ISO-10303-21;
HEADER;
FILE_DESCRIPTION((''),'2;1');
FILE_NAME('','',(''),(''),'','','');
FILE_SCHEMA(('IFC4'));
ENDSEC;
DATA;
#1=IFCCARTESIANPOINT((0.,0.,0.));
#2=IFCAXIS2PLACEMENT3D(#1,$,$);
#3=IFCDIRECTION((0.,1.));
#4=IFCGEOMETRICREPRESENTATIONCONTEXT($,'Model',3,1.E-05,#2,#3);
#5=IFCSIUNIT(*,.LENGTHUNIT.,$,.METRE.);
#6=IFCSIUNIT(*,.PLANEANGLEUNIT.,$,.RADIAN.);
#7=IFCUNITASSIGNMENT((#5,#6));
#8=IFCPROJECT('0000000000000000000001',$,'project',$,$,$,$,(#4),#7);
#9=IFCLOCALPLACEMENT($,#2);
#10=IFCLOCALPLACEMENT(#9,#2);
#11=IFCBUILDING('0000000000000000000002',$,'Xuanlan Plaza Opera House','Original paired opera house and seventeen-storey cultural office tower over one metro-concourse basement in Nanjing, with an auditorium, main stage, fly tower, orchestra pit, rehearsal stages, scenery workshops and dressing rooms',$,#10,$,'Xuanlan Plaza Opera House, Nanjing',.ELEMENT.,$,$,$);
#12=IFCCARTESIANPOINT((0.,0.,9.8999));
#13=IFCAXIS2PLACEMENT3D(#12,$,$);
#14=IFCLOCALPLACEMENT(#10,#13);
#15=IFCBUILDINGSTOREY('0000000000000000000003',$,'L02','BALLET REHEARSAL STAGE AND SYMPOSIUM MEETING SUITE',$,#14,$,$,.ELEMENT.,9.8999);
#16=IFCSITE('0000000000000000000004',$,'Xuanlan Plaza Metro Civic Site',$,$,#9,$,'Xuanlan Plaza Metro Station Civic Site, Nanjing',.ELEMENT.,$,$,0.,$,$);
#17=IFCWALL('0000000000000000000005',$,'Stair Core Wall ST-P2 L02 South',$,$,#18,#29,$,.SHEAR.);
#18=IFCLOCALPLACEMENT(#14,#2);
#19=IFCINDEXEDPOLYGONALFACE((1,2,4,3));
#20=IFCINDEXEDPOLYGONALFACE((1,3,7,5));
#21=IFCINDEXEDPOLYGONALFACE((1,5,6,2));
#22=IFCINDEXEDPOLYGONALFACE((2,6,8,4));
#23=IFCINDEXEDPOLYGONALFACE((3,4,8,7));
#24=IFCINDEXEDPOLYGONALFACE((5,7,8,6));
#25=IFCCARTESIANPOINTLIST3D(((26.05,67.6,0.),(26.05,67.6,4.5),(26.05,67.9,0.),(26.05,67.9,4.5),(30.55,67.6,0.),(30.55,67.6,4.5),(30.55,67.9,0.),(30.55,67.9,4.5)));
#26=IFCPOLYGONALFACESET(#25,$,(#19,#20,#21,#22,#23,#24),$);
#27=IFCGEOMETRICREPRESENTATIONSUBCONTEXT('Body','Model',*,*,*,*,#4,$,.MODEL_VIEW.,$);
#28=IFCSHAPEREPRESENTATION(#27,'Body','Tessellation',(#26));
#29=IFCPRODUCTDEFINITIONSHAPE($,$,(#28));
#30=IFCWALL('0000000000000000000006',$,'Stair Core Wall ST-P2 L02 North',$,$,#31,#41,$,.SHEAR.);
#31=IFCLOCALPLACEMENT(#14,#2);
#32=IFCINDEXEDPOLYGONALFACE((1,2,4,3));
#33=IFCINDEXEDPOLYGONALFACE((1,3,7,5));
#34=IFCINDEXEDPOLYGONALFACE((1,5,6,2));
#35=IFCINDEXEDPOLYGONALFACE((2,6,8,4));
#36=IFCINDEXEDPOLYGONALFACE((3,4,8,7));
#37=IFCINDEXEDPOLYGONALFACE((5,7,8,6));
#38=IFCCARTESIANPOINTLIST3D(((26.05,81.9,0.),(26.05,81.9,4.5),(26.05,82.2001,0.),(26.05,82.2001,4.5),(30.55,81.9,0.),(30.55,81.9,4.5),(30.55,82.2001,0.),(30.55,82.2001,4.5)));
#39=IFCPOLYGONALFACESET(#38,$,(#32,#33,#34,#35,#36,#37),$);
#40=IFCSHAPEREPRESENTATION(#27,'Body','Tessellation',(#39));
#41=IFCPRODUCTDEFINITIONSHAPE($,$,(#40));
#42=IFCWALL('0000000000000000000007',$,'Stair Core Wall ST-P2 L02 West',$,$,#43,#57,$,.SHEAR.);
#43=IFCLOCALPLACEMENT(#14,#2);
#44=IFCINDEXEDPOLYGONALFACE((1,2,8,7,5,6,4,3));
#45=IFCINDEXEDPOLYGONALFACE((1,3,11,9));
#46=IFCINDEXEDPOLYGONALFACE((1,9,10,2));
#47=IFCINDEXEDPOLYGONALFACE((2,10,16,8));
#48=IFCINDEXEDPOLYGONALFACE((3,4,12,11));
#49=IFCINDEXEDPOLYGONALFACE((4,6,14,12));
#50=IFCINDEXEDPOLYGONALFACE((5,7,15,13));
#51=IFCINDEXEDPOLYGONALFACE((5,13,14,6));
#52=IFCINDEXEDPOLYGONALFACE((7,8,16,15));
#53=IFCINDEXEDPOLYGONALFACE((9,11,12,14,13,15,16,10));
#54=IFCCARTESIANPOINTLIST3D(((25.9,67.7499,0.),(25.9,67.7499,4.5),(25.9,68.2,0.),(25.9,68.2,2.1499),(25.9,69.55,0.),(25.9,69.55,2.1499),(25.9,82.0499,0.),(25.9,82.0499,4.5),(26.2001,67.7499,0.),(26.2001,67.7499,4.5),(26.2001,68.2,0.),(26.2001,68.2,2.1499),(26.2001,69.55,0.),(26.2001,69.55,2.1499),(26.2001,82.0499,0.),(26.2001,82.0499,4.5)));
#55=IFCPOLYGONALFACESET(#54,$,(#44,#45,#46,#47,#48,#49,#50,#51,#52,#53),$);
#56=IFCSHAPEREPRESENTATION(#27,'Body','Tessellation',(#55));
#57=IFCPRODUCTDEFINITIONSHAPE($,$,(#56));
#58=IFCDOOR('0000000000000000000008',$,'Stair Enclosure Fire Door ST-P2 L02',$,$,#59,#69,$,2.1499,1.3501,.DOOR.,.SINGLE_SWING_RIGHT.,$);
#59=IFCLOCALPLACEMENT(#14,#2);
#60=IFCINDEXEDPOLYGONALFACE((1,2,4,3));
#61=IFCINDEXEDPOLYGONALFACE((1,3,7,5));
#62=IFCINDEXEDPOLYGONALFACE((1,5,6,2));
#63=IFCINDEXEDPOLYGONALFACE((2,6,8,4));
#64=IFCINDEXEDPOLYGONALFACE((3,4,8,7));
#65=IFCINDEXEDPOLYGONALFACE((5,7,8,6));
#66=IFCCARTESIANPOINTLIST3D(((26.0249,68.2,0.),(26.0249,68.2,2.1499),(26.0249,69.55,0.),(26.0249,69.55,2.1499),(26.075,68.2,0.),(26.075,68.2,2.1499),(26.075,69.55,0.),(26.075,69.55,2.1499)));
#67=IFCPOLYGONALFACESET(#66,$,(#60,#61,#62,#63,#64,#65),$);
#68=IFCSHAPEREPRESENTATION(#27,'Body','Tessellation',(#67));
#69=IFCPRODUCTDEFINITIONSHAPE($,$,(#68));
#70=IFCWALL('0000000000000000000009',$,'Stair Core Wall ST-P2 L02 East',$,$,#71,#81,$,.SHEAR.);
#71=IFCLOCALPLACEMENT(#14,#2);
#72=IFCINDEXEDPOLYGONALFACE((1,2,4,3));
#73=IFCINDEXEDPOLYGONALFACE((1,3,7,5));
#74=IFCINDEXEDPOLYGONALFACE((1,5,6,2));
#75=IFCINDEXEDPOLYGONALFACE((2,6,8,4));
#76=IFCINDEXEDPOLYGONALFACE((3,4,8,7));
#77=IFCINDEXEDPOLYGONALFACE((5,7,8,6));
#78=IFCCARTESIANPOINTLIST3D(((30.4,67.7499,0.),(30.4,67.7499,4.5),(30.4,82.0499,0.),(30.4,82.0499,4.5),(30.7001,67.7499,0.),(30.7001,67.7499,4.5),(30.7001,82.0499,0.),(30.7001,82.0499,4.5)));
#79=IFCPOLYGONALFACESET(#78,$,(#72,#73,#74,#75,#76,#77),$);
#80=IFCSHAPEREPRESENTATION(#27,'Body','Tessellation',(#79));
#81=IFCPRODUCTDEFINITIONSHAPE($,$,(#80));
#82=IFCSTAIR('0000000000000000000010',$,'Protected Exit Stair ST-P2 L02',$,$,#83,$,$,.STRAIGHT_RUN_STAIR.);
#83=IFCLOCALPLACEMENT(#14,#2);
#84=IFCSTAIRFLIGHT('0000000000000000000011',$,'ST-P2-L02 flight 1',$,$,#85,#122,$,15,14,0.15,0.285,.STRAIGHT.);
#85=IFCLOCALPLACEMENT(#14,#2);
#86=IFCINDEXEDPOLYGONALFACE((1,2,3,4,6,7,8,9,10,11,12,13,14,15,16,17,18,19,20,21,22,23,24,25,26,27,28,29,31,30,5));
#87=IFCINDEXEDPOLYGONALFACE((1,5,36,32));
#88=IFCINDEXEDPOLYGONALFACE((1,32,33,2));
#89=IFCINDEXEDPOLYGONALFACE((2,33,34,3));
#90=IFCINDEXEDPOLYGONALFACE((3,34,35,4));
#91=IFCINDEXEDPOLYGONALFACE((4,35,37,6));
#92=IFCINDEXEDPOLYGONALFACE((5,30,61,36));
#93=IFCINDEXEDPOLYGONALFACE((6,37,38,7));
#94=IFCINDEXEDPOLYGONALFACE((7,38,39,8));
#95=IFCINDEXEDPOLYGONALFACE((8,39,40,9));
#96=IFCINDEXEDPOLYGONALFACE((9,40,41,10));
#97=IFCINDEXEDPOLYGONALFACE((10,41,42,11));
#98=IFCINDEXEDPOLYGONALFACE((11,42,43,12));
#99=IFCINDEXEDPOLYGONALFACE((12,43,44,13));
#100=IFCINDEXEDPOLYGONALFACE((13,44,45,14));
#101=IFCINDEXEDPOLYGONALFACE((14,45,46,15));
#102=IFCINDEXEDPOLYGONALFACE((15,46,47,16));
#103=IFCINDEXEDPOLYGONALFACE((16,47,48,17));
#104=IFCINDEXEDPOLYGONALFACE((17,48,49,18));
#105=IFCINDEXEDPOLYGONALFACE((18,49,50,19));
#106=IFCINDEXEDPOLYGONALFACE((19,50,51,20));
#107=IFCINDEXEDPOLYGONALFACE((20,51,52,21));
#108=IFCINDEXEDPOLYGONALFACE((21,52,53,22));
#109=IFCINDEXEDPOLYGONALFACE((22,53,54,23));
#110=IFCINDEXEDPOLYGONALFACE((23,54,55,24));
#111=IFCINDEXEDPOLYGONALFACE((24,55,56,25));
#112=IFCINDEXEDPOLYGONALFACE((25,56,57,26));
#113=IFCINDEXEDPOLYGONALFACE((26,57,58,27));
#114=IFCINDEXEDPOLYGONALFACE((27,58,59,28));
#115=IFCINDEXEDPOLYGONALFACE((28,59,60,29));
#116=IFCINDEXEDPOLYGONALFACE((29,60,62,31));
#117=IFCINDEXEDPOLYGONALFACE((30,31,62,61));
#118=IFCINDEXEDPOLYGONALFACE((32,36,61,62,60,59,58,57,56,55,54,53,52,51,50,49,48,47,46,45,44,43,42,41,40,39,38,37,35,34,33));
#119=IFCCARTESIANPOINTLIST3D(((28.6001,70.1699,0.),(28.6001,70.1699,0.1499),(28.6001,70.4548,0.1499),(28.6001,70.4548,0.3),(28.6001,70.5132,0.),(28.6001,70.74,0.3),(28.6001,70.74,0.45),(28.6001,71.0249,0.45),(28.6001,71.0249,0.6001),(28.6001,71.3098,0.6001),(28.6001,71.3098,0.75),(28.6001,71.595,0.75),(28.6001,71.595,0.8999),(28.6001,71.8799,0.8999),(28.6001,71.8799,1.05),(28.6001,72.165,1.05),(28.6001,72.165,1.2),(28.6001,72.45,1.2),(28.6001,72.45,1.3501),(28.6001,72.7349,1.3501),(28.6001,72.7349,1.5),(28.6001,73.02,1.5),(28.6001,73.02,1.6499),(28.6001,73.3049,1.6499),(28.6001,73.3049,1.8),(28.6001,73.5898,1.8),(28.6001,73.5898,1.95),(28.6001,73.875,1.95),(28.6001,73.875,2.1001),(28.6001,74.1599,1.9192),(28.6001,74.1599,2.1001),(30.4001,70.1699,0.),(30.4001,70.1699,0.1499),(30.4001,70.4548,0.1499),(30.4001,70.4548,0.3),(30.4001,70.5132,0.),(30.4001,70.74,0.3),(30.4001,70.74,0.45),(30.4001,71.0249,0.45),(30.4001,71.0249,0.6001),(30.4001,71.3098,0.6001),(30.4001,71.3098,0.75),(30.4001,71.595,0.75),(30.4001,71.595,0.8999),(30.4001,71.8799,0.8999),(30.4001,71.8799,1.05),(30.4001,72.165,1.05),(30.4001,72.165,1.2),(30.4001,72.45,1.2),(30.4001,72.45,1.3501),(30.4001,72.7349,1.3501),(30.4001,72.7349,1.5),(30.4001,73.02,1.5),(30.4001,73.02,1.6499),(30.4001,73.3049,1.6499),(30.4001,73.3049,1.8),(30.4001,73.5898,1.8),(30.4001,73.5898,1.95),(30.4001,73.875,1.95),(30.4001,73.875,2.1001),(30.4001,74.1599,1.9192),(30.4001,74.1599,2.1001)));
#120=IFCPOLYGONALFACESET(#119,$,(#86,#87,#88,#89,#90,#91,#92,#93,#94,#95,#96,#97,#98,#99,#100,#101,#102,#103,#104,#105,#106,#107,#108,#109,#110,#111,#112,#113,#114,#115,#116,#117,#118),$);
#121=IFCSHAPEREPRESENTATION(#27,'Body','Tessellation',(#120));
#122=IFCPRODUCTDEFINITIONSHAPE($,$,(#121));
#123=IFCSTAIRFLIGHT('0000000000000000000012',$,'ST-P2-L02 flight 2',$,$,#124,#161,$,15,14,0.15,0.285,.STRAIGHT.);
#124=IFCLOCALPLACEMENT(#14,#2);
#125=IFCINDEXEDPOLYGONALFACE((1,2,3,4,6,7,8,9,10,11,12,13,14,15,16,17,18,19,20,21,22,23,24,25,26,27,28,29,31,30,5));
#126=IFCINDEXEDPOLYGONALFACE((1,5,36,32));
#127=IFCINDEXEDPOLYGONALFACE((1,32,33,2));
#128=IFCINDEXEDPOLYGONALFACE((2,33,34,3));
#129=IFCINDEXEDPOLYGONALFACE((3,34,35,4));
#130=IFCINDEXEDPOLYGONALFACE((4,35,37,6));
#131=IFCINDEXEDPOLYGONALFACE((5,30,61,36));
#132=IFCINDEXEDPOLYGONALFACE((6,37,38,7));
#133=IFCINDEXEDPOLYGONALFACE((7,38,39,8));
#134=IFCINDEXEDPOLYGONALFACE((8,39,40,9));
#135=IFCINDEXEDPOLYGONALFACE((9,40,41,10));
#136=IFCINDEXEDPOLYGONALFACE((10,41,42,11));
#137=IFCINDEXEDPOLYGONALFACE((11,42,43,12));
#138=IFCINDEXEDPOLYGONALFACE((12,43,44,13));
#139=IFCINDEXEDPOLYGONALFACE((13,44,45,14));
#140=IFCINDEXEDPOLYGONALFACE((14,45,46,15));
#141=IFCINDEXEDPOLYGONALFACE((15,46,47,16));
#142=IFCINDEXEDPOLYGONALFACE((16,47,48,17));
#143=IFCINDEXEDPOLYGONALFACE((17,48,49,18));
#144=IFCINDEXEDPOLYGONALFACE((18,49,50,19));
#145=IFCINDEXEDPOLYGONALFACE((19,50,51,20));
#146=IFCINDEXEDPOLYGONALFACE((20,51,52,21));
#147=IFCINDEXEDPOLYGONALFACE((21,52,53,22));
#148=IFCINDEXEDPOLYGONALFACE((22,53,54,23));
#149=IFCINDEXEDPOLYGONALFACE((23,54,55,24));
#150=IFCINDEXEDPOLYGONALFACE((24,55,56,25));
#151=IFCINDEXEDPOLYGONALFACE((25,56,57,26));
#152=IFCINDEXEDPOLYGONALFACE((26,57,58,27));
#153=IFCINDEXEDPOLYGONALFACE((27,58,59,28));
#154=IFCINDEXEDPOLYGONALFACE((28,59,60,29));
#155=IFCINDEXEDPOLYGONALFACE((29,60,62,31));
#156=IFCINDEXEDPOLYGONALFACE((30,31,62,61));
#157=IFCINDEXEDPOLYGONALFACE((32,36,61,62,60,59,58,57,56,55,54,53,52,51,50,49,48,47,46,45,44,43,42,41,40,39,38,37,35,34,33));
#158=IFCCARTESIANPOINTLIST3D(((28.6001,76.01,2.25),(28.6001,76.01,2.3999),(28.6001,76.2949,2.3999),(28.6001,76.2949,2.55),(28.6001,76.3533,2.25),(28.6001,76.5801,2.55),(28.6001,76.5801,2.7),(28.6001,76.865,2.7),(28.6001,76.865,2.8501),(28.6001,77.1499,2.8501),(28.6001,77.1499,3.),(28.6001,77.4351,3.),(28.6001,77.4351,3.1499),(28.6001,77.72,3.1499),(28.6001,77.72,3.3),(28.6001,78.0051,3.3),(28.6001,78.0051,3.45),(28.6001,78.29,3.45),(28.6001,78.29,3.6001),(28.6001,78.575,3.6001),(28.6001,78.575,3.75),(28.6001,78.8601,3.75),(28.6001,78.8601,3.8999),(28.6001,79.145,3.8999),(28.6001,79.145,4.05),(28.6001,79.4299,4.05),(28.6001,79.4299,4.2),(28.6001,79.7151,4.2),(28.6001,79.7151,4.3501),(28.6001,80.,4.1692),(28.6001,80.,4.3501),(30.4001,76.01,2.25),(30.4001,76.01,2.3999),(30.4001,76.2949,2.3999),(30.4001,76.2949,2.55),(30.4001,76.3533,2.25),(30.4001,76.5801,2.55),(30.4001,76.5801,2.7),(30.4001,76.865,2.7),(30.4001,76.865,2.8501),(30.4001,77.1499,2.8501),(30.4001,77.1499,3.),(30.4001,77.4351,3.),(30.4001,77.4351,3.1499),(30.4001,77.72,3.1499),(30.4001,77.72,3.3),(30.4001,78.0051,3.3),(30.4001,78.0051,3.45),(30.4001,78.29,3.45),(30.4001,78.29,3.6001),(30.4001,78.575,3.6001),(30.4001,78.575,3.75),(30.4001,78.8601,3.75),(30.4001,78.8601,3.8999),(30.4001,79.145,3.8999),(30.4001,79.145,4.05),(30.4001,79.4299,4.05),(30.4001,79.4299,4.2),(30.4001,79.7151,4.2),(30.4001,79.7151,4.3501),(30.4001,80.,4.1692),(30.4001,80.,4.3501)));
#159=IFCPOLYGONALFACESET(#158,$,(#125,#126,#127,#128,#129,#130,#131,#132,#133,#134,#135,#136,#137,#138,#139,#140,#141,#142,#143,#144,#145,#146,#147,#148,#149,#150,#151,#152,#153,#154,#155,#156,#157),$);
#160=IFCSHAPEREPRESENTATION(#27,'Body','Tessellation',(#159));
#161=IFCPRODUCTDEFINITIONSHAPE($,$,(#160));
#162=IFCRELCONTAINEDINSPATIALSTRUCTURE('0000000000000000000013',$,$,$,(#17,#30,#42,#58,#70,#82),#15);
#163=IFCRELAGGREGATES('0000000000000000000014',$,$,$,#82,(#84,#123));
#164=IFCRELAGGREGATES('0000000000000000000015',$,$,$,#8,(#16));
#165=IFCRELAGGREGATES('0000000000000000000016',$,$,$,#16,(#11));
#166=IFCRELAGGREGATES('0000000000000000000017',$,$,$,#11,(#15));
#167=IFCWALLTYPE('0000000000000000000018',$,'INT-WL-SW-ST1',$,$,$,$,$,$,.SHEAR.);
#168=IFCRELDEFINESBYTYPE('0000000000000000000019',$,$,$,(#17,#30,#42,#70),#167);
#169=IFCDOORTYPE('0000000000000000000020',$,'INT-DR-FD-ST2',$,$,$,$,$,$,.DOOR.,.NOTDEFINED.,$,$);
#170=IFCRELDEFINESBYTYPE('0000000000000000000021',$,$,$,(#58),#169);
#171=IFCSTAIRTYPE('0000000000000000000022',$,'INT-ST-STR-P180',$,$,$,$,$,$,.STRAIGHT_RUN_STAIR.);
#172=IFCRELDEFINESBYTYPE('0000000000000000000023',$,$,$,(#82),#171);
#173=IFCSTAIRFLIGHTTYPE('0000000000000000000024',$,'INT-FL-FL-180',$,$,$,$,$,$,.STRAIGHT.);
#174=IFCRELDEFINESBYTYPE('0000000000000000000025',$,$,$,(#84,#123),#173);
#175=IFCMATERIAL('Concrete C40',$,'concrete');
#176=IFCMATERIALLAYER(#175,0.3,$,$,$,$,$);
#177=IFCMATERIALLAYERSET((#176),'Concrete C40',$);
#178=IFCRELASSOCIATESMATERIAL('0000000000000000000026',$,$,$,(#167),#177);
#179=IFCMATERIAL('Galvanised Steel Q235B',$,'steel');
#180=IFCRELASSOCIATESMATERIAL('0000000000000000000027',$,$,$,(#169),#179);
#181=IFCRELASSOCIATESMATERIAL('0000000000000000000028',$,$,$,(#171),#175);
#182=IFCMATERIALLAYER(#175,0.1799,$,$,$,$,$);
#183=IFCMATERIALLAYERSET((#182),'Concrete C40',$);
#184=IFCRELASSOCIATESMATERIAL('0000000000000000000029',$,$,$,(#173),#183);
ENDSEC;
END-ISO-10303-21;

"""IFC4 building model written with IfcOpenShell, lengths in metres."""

from ifc_helpers import new_model, si_unit, direction, frame, frame_2d, origin, place, context, subcontext, project, spatial, polyline, rectangle, outline, extrude, material, layer, layer_set, type_object, element, fill, aggregate, save


model = new_model("IFC4")

# Units and contexts
model_context = context("Model", 3, precision=1e-05, world=origin(), true_north=direction((0.0, 1.0)))
body_context = subcontext(model_context, "Body", "Model", "MODEL_VIEW")
ifc_project = project(units=[si_unit("LENGTHUNIT", "METRE"), si_unit("PLANEANGLEUNIT", "RADIAN")], contexts=[model_context])

# Site, building, storey
site_placement = place(None, origin())
site = spatial("IfcSite", under=ifc_project, at=site_placement, Name="Xuanlan Plaza Metro Civic Site", LongName="Xuanlan Plaza Metro Station Civic Site, Nanjing", CompositionType="ELEMENT", RefElevation=0.0)
building_placement = place(site_placement, origin())
building = spatial("IfcBuilding", under=site, at=building_placement, Name="Xuanlan Plaza Opera House", Description="Original paired opera house and seventeen-storey cultural office tower over one metro-concourse basement in Nanjing, with an auditorium, main stage, fly tower, orchestra pit, rehearsal stages, scenery workshops and dressing rooms", LongName="Xuanlan Plaza Opera House, Nanjing", CompositionType="ELEMENT")
storey_placement = place(building_placement, frame((0.0, 0.0, 9.8999)))
storey = spatial("IfcBuildingStorey", under=building, at=storey_placement, Name="L02", Description="BALLET REHEARSAL STAGE AND SYMPOSIUM MEETING SUITE", CompositionType="ELEMENT", Elevation=9.8999)

# Shared definitions
ifc_material_1 = material(Name="Concrete C40", Category="concrete")

# Walls
ifc_layer_1 = layer(ifc_material_1, 0.3)
ifc_layer_set_1 = layer_set([ifc_layer_1], Name="Concrete C40")
wall_type_1 = type_object("IfcWallType", Name="INT-WL-SW-ST1", PredefinedType="SHEAR", material=ifc_layer_set_1)
for number, where, z_axis, x_axis, name in (
    (1, (26.05, 67.75, 0.0), (0.0, 0.0, 1.0), (1.0, 0.0, 0.0), "Stair Core Wall ST-P2 L02 South"),
    (2, (26.05, 82.05, 0.0), (0.0, 0.0, 1.0), (1.0, 0.0, 0.0), "Stair Core Wall ST-P2 L02 North"),
):
    element("IfcWall", number, at=place(storey_placement, frame(where, z_axis=z_axis, x_axis=x_axis)), inside=storey, type_object=wall_type_1, Name=name, PredefinedType="SHEAR", context=body_context, shape_type="SweptSolid", body=[
        extrude(rectangle(XDim=4.5, YDim=0.3, at=frame_2d((2.25, 0.0))), origin(), (0.0, 0.0, 1.0), 4.5),
    ])

# Wall, opening, door
wall_1_placement = place(storey_placement, frame((26.05, 67.75, 0.0), z_axis=(0.0, 0.0, 1.0), x_axis=(0.0, 1.0, 0.0)))
wall_1 = element("IfcWall", 3, at=wall_1_placement, inside=storey, type_object=wall_type_1, Name="Stair Core Wall ST-P2 L02 West", PredefinedType="SHEAR", context=body_context, shape_type="SweptSolid", body=[
    extrude(rectangle(XDim=14.3, YDim=0.3, at=frame_2d((7.1499, 0.0))), origin(), (0.0, 0.0, 1.0), 4.5),
])
opening_placement = place(wall_1_placement, frame((0.45, 0.0, 0.0)))
opening = element("IfcOpeningElement", 4, at=opening_placement, cuts=wall_1, PredefinedType="OPENING", context=body_context, shape_type="SweptSolid", body=[
    extrude(rectangle(XDim=1.3501, YDim=2.1499, at=frame_2d((0.675, 1.075))), frame((0.0, 0.1599, 0.0), z_axis=(0.0, -1.0, 0.0), x_axis=(1.0, 0.0, 0.0)), (0.0, 0.0, 1.0), 0.3201),
])
ifc_material_2 = material(Name="Galvanised Steel Q235B", Category="steel")
door_type = type_object("IfcDoorType", Name="INT-DR-FD-ST2", OperationType="NOTDEFINED", PredefinedType="DOOR", material=ifc_material_2)
door_placement = place(opening_placement, frame((1.3501, 0.0, 0.0), z_axis=(0.0, 0.0, 1.0), x_axis=(-1.0, 0.0, 0.0)))
door = element("IfcDoor", 5, at=door_placement, inside=storey, type_object=door_type, Name="Stair Enclosure Fire Door ST-P2 L02", OperationType="SINGLE_SWING_RIGHT", OverallHeight=2.1499, OverallWidth=1.3501, PredefinedType="DOOR", context=body_context, shape_type="SweptSolid", body=[
    extrude(rectangle(XDim=1.3501, YDim=2.1499, at=frame_2d((0.675, 1.075))), frame((0.0, 0.0249, 0.0), z_axis=(0.0, -1.0, 0.0), x_axis=(1.0, 0.0, 0.0)), (0.0, 0.0, 1.0), 0.05),
])
fill(opening, door)

# Wall
wall_2_placement = place(storey_placement, frame((30.55, 67.75, 0.0), z_axis=(0.0, 0.0, 1.0), x_axis=(0.0, 1.0, 0.0)))
element("IfcWall", 6, at=wall_2_placement, inside=storey, type_object=wall_type_1, Name="Stair Core Wall ST-P2 L02 East", PredefinedType="SHEAR", context=body_context, shape_type="SweptSolid", body=[
    extrude(rectangle(XDim=14.3, YDim=0.3, at=frame_2d((7.1499, 0.0))), origin(), (0.0, 0.0, 1.0), 4.5),
])

# Stair, stair flights
stair_type = type_object("IfcStairType", Name="INT-ST-STR-P180", PredefinedType="STRAIGHT_RUN_STAIR", material=ifc_material_1)
stair_placement = place(storey_placement, origin())
stair = element("IfcStair", 7, at=stair_placement, inside=storey, type_object=stair_type, Name="Protected Exit Stair ST-P2 L02", PredefinedType="STRAIGHT_RUN_STAIR")
ifc_layer_2 = layer(ifc_material_1, 0.1799)
ifc_layer_set_2 = layer_set([ifc_layer_2], Name="Concrete C40")
stair_flight_type = type_object("IfcStairFlightType", Name="INT-FL-FL-180", PredefinedType="STRAIGHT", material=ifc_layer_set_2)
stair_flight_1_placement = place(storey_placement, frame((29.5, 70.1699, 0.0), z_axis=(0.0, 0.0, 1.0), x_axis=(0.0, 1.0, 0.0)))
stair_flight_1 = element("IfcStairFlight", 8, at=stair_flight_1_placement, type_object=stair_flight_type, Name="ST-P2-L02 flight 1", NumberOfRisers=15, NumberOfTreads=14, PredefinedType="STRAIGHT", RiserHeight=0.15, TreadLength=0.285, context=body_context, shape_type="SweptSolid", body=[
    extrude(outline(polyline([(0.0, 0.0), (0.0, 0.1499), (0.2849, 0.1499), (0.2849, 0.3), (0.5701, 0.3), (0.5701, 0.45), (0.855, 0.45), (0.855, 0.6001), (1.1399, 0.6001), (1.1399, 0.75), (1.425, 0.75), (1.425, 0.8999), (1.71, 0.8999), (1.71, 1.05), (1.9951, 1.05), (1.9951, 1.2), (2.28, 1.2), (2.28, 1.3501), (2.5649, 1.3501), (2.5649, 1.5), (2.8501, 1.5), (2.8501, 1.6499), (3.135, 1.6499), (3.135, 1.8), (3.4199, 1.8), (3.4199, 1.95), (3.7051, 1.95), (3.7051, 2.1001), (3.99, 2.1001), (3.99, 2.25), (3.99, 1.9192), (0.3433, 0.0), (0.0, 0.0)])), frame((0.0, 0.8999, 0.0), z_axis=(0.0, -1.0, 0.0), x_axis=(1.0, 0.0, 0.0)), (0.0, 0.0, 1.0), 1.8),
])
stair_flight_2_placement = place(storey_placement, frame((29.5, 76.01, 2.25), z_axis=(0.0, 0.0, 1.0), x_axis=(0.0, 1.0, 0.0)))
stair_flight_2 = element("IfcStairFlight", 9, at=stair_flight_2_placement, type_object=stair_flight_type, Name="ST-P2-L02 flight 2", NumberOfRisers=15, NumberOfTreads=14, PredefinedType="STRAIGHT", RiserHeight=0.15, TreadLength=0.285, context=body_context, shape_type="SweptSolid", body=[
    extrude(outline(polyline([(0.0, 0.0), (0.0, 0.1499), (0.2849, 0.1499), (0.2849, 0.3), (0.5701, 0.3), (0.5701, 0.45), (0.855, 0.45), (0.855, 0.6001), (1.1399, 0.6001), (1.1399, 0.75), (1.425, 0.75), (1.425, 0.8999), (1.71, 0.8999), (1.71, 1.05), (1.9951, 1.05), (1.9951, 1.2), (2.28, 1.2), (2.28, 1.3501), (2.5649, 1.3501), (2.5649, 1.5), (2.8501, 1.5), (2.8501, 1.6499), (3.135, 1.6499), (3.135, 1.8), (3.4199, 1.8), (3.4199, 1.95), (3.7051, 1.95), (3.7051, 2.1001), (3.99, 2.1001), (3.99, 2.25), (3.99, 1.9192), (0.3433, 0.0), (0.0, 0.0)])), frame((0.0, 0.8999, 0.0), z_axis=(0.0, -1.0, 0.0), x_axis=(1.0, 0.0, 0.0)), (0.0, 0.0, 1.0), 1.8),
])
aggregate(stair, [stair_flight_1, stair_flight_2])

save(model, "model.ifc")
